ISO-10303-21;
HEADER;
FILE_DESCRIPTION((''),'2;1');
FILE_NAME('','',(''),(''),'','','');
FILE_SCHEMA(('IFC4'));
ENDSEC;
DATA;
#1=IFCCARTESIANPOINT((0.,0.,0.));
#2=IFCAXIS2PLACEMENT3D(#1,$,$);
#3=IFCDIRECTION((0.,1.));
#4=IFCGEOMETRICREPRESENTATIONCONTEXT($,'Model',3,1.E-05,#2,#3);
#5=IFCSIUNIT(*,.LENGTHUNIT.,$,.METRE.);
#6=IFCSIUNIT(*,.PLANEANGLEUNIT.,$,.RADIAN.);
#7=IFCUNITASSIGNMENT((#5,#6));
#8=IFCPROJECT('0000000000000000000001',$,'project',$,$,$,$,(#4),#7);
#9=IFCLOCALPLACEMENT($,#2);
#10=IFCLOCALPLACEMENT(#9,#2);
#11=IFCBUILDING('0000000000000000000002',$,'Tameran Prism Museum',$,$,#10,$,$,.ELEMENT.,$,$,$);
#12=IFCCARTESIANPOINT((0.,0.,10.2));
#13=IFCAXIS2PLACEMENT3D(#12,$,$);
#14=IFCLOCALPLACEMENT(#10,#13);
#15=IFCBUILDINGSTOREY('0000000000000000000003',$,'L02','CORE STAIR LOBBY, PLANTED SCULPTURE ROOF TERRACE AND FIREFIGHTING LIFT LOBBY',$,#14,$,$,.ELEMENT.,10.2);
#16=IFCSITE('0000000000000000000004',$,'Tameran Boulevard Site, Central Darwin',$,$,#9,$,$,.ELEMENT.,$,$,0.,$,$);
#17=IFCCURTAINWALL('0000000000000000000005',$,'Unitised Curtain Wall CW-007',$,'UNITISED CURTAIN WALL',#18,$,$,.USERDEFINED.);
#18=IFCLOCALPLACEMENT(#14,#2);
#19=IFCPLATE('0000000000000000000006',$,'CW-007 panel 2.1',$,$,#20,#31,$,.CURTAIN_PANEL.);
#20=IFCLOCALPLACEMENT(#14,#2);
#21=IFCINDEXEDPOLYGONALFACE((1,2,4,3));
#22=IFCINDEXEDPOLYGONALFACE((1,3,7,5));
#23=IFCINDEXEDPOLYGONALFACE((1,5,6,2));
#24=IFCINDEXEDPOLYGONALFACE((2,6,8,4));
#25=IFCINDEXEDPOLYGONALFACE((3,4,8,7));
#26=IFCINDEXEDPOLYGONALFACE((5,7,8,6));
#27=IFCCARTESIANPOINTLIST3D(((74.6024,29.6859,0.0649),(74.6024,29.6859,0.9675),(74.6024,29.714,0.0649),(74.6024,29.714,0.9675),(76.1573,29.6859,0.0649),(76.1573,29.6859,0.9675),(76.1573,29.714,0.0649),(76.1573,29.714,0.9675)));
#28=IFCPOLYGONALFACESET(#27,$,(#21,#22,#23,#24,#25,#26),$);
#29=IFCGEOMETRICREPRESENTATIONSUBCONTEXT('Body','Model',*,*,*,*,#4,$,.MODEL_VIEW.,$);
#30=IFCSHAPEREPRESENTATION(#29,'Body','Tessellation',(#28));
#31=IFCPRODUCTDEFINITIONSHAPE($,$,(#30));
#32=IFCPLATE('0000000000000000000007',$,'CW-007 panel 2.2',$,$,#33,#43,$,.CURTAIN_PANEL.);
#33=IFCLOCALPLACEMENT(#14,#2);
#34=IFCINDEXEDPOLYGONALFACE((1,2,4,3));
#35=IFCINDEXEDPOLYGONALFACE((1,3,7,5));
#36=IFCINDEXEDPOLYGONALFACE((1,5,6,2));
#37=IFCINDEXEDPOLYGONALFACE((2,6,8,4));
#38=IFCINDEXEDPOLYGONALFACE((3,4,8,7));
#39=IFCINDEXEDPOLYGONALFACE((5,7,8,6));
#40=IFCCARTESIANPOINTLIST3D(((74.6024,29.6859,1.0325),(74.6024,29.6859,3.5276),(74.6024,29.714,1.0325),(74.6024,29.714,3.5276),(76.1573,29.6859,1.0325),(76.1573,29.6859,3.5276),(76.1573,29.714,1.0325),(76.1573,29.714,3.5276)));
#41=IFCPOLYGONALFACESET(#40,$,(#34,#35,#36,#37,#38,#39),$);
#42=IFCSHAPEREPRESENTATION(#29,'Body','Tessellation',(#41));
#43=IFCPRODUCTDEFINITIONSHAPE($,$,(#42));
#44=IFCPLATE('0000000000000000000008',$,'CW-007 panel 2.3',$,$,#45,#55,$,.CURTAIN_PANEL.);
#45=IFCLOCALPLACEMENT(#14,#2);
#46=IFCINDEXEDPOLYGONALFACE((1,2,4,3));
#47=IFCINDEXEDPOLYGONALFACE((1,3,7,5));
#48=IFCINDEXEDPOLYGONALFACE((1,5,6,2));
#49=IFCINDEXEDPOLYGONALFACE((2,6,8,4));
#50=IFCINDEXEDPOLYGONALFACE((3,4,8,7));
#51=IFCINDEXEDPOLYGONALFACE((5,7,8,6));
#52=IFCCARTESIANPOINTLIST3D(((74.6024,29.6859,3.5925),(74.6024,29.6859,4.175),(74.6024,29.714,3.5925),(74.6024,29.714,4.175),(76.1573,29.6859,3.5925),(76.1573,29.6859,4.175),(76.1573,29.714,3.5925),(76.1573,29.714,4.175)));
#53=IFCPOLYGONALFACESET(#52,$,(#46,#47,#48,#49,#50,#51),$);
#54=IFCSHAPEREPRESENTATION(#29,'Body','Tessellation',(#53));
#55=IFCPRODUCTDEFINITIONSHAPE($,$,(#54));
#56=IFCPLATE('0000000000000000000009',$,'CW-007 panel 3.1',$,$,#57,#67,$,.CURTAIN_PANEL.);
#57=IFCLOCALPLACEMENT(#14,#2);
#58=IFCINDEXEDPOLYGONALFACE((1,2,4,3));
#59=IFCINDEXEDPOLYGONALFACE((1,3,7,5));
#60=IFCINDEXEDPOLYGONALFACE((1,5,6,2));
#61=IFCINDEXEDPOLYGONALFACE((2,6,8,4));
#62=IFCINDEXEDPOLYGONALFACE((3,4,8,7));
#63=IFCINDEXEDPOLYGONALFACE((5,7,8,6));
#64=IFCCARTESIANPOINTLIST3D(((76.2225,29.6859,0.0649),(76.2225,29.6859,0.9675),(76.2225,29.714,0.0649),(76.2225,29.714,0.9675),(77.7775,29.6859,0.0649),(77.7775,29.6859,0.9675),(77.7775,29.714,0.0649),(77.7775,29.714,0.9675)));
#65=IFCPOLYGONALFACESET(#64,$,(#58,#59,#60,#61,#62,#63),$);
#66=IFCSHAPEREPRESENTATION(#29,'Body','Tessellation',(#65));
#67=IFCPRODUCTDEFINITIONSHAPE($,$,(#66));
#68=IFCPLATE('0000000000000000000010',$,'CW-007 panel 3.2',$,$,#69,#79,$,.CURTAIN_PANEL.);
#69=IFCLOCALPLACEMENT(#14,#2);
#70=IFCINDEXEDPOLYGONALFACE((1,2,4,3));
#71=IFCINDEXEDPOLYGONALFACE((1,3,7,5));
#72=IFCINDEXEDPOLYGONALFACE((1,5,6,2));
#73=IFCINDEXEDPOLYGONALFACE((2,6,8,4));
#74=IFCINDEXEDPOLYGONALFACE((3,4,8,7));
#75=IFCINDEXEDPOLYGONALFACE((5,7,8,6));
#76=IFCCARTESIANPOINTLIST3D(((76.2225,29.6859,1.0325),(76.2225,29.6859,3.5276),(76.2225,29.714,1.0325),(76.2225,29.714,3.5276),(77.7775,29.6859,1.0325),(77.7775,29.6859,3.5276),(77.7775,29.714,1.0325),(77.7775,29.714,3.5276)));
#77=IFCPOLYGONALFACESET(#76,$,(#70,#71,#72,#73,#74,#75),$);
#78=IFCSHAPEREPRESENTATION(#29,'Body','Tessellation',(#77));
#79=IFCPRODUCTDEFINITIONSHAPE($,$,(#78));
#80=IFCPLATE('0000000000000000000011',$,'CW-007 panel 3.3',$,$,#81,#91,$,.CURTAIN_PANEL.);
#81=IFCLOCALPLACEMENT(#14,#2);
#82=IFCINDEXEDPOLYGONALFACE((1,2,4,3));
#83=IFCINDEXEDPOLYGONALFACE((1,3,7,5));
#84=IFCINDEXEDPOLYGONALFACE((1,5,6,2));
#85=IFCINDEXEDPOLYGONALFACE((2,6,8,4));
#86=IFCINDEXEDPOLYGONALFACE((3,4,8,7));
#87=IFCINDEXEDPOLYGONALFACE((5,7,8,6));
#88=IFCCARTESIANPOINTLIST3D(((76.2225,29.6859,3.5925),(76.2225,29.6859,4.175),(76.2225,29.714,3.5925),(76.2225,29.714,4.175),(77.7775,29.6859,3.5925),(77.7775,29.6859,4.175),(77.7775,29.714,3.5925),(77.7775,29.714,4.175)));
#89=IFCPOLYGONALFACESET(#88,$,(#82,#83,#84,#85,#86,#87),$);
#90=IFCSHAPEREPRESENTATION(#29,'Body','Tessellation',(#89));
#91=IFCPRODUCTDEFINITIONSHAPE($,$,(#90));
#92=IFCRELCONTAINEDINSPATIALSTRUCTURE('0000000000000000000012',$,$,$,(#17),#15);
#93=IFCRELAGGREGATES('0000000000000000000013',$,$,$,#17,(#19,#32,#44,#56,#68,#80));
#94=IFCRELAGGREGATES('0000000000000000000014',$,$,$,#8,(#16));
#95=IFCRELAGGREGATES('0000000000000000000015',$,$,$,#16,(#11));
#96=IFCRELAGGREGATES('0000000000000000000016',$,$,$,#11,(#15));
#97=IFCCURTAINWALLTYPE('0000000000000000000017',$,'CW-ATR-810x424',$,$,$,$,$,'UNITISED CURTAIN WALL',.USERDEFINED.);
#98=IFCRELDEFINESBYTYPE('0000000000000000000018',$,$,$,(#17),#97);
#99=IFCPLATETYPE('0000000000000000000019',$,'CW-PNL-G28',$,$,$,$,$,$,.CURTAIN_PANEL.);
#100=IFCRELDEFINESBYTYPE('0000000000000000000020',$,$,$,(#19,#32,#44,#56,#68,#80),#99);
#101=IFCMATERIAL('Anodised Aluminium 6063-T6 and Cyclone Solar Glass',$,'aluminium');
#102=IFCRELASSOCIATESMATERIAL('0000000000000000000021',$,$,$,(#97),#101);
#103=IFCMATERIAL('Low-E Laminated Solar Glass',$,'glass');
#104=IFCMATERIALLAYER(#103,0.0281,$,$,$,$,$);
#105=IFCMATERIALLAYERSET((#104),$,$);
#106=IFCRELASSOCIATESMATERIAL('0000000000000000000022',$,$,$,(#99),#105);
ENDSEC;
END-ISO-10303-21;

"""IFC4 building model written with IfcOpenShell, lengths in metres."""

from ifc_helpers import new_model, si_unit, direction, frame, origin, origin_2d, place, context, subcontext, project, spatial, rectangle, extrude, material, layer, layer_set, type_object, element, aggregate, save


model = new_model("IFC4")

# Units and contexts
model_context = context("Model", 3, precision=1e-05, world=origin(), true_north=direction((0.0, 1.0)))
body_context = subcontext(model_context, "Body", "Model", "MODEL_VIEW")
ifc_project = project(units=[si_unit("LENGTHUNIT", "METRE"), si_unit("PLANEANGLEUNIT", "RADIAN")], contexts=[model_context])

# Site, building, storey
site_placement = place(None, origin())
site = spatial("IfcSite", under=ifc_project, at=site_placement, Name="Tameran Boulevard Site, Central Darwin", CompositionType="ELEMENT", RefElevation=0.0)
building_placement = place(site_placement, origin())
building = spatial("IfcBuilding", under=site, at=building_placement, Name="Tameran Prism Museum", CompositionType="ELEMENT")
storey_placement = place(building_placement, frame((0.0, 0.0, 10.2)))
storey = spatial("IfcBuildingStorey", under=building, at=storey_placement, Name="L02", Description="CORE STAIR LOBBY, PLANTED SCULPTURE ROOF TERRACE AND FIREFIGHTING LIFT LOBBY", CompositionType="ELEMENT", Elevation=10.2)

# Curtain wall, plates
ifc_material_1 = material(Name="Anodised Aluminium 6063-T6 and Cyclone Solar Glass", Category="aluminium")
curtain_wall_type = type_object("IfcCurtainWallType", Name="CW-ATR-810x424", ElementType="UNITISED CURTAIN WALL", PredefinedType="USERDEFINED", material=ifc_material_1)
curtain_wall_placement = place(storey_placement, origin())
curtain_wall = element("IfcCurtainWall", 1, at=curtain_wall_placement, inside=storey, type_object=curtain_wall_type, Name="Unitised Curtain Wall CW-007", ObjectType="UNITISED CURTAIN WALL", PredefinedType="USERDEFINED")
ifc_material_2 = material(Name="Low-E Laminated Solar Glass", Category="glass")
ifc_layer_1 = layer(ifc_material_2, 0.0281)
ifc_layer_set_1 = layer_set([ifc_layer_1])
plate_type = type_object("IfcPlateType", Name="CW-PNL-G28", PredefinedType="CURTAIN_PANEL", material=ifc_layer_set_1)
plate_1_placement = place(storey_placement, frame((75.3799, 29.7, 0.0649), z_axis=(0.0, 0.0, 1.0), x_axis=(1.0, 0.0, 0.0)))
plate_1 = element("IfcPlate", 2, at=plate_1_placement, type_object=plate_type, Name="CW-007 panel 2.1", PredefinedType="CURTAIN_PANEL", context=body_context, shape_type="SweptSolid", body=[
    extrude(rectangle(XDim=1.5549, YDim=0.0281, at=origin_2d()), origin(), (0.0, 0.0, 1.0), 0.9026),
])
plate_2_placement = place(storey_placement, frame((75.3799, 29.7, 1.0325), z_axis=(0.0, 0.0, 1.0), x_axis=(1.0, 0.0, 0.0)))
plate_2 = element("IfcPlate", 3, at=plate_2_placement, type_object=plate_type, Name="CW-007 panel 2.2", PredefinedType="CURTAIN_PANEL", context=body_context, shape_type="SweptSolid", body=[
    extrude(rectangle(XDim=1.5549, YDim=0.0281, at=origin_2d()), origin(), (0.0, 0.0, 1.0), 2.4951),
])
plate_3_placement = place(storey_placement, frame((75.3799, 29.7, 3.5925), z_axis=(0.0, 0.0, 1.0), x_axis=(1.0, 0.0, 0.0)))
plate_3 = element("IfcPlate", 4, at=plate_3_placement, type_object=plate_type, Name="CW-007 panel 2.3", PredefinedType="CURTAIN_PANEL", context=body_context, shape_type="SweptSolid", body=[
    extrude(rectangle(XDim=1.5549, YDim=0.0281, at=origin_2d()), origin(), (0.0, 0.0, 1.0), 0.5825),
])
plate_4_placement = place(storey_placement, frame((77.0, 29.7, 0.0649), z_axis=(0.0, 0.0, 1.0), x_axis=(1.0, 0.0, 0.0)))
plate_4 = element("IfcPlate", 5, at=plate_4_placement, type_object=plate_type, Name="CW-007 panel 3.1", PredefinedType="CURTAIN_PANEL", context=body_context, shape_type="SweptSolid", body=[
    extrude(rectangle(XDim=1.5549, YDim=0.0281, at=origin_2d()), origin(), (0.0, 0.0, 1.0), 0.9026),
])
plate_5_placement = place(storey_placement, frame((77.0, 29.7, 1.0325), z_axis=(0.0, 0.0, 1.0), x_axis=(1.0, 0.0, 0.0)))
plate_5 = element("IfcPlate", 6, at=plate_5_placement, type_object=plate_type, Name="CW-007 panel 3.2", PredefinedType="CURTAIN_PANEL", context=body_context, shape_type="SweptSolid", body=[
    extrude(rectangle(XDim=1.5549, YDim=0.0281, at=origin_2d()), origin(), (0.0, 0.0, 1.0), 2.4951),
])
plate_6_placement = place(storey_placement, frame((77.0, 29.7, 3.5925), z_axis=(0.0, 0.0, 1.0), x_axis=(1.0, 0.0, 0.0)))
plate_6 = element("IfcPlate", 7, at=plate_6_placement, type_object=plate_type, Name="CW-007 panel 3.3", PredefinedType="CURTAIN_PANEL", context=body_context, shape_type="SweptSolid", body=[
    extrude(rectangle(XDim=1.5549, YDim=0.0281, at=origin_2d()), origin(), (0.0, 0.0, 1.0), 0.5825),
])
aggregate(curtain_wall, [plate_1, plate_2, plate_3, plate_4, plate_5, plate_6])

save(model, "model.ifc")
